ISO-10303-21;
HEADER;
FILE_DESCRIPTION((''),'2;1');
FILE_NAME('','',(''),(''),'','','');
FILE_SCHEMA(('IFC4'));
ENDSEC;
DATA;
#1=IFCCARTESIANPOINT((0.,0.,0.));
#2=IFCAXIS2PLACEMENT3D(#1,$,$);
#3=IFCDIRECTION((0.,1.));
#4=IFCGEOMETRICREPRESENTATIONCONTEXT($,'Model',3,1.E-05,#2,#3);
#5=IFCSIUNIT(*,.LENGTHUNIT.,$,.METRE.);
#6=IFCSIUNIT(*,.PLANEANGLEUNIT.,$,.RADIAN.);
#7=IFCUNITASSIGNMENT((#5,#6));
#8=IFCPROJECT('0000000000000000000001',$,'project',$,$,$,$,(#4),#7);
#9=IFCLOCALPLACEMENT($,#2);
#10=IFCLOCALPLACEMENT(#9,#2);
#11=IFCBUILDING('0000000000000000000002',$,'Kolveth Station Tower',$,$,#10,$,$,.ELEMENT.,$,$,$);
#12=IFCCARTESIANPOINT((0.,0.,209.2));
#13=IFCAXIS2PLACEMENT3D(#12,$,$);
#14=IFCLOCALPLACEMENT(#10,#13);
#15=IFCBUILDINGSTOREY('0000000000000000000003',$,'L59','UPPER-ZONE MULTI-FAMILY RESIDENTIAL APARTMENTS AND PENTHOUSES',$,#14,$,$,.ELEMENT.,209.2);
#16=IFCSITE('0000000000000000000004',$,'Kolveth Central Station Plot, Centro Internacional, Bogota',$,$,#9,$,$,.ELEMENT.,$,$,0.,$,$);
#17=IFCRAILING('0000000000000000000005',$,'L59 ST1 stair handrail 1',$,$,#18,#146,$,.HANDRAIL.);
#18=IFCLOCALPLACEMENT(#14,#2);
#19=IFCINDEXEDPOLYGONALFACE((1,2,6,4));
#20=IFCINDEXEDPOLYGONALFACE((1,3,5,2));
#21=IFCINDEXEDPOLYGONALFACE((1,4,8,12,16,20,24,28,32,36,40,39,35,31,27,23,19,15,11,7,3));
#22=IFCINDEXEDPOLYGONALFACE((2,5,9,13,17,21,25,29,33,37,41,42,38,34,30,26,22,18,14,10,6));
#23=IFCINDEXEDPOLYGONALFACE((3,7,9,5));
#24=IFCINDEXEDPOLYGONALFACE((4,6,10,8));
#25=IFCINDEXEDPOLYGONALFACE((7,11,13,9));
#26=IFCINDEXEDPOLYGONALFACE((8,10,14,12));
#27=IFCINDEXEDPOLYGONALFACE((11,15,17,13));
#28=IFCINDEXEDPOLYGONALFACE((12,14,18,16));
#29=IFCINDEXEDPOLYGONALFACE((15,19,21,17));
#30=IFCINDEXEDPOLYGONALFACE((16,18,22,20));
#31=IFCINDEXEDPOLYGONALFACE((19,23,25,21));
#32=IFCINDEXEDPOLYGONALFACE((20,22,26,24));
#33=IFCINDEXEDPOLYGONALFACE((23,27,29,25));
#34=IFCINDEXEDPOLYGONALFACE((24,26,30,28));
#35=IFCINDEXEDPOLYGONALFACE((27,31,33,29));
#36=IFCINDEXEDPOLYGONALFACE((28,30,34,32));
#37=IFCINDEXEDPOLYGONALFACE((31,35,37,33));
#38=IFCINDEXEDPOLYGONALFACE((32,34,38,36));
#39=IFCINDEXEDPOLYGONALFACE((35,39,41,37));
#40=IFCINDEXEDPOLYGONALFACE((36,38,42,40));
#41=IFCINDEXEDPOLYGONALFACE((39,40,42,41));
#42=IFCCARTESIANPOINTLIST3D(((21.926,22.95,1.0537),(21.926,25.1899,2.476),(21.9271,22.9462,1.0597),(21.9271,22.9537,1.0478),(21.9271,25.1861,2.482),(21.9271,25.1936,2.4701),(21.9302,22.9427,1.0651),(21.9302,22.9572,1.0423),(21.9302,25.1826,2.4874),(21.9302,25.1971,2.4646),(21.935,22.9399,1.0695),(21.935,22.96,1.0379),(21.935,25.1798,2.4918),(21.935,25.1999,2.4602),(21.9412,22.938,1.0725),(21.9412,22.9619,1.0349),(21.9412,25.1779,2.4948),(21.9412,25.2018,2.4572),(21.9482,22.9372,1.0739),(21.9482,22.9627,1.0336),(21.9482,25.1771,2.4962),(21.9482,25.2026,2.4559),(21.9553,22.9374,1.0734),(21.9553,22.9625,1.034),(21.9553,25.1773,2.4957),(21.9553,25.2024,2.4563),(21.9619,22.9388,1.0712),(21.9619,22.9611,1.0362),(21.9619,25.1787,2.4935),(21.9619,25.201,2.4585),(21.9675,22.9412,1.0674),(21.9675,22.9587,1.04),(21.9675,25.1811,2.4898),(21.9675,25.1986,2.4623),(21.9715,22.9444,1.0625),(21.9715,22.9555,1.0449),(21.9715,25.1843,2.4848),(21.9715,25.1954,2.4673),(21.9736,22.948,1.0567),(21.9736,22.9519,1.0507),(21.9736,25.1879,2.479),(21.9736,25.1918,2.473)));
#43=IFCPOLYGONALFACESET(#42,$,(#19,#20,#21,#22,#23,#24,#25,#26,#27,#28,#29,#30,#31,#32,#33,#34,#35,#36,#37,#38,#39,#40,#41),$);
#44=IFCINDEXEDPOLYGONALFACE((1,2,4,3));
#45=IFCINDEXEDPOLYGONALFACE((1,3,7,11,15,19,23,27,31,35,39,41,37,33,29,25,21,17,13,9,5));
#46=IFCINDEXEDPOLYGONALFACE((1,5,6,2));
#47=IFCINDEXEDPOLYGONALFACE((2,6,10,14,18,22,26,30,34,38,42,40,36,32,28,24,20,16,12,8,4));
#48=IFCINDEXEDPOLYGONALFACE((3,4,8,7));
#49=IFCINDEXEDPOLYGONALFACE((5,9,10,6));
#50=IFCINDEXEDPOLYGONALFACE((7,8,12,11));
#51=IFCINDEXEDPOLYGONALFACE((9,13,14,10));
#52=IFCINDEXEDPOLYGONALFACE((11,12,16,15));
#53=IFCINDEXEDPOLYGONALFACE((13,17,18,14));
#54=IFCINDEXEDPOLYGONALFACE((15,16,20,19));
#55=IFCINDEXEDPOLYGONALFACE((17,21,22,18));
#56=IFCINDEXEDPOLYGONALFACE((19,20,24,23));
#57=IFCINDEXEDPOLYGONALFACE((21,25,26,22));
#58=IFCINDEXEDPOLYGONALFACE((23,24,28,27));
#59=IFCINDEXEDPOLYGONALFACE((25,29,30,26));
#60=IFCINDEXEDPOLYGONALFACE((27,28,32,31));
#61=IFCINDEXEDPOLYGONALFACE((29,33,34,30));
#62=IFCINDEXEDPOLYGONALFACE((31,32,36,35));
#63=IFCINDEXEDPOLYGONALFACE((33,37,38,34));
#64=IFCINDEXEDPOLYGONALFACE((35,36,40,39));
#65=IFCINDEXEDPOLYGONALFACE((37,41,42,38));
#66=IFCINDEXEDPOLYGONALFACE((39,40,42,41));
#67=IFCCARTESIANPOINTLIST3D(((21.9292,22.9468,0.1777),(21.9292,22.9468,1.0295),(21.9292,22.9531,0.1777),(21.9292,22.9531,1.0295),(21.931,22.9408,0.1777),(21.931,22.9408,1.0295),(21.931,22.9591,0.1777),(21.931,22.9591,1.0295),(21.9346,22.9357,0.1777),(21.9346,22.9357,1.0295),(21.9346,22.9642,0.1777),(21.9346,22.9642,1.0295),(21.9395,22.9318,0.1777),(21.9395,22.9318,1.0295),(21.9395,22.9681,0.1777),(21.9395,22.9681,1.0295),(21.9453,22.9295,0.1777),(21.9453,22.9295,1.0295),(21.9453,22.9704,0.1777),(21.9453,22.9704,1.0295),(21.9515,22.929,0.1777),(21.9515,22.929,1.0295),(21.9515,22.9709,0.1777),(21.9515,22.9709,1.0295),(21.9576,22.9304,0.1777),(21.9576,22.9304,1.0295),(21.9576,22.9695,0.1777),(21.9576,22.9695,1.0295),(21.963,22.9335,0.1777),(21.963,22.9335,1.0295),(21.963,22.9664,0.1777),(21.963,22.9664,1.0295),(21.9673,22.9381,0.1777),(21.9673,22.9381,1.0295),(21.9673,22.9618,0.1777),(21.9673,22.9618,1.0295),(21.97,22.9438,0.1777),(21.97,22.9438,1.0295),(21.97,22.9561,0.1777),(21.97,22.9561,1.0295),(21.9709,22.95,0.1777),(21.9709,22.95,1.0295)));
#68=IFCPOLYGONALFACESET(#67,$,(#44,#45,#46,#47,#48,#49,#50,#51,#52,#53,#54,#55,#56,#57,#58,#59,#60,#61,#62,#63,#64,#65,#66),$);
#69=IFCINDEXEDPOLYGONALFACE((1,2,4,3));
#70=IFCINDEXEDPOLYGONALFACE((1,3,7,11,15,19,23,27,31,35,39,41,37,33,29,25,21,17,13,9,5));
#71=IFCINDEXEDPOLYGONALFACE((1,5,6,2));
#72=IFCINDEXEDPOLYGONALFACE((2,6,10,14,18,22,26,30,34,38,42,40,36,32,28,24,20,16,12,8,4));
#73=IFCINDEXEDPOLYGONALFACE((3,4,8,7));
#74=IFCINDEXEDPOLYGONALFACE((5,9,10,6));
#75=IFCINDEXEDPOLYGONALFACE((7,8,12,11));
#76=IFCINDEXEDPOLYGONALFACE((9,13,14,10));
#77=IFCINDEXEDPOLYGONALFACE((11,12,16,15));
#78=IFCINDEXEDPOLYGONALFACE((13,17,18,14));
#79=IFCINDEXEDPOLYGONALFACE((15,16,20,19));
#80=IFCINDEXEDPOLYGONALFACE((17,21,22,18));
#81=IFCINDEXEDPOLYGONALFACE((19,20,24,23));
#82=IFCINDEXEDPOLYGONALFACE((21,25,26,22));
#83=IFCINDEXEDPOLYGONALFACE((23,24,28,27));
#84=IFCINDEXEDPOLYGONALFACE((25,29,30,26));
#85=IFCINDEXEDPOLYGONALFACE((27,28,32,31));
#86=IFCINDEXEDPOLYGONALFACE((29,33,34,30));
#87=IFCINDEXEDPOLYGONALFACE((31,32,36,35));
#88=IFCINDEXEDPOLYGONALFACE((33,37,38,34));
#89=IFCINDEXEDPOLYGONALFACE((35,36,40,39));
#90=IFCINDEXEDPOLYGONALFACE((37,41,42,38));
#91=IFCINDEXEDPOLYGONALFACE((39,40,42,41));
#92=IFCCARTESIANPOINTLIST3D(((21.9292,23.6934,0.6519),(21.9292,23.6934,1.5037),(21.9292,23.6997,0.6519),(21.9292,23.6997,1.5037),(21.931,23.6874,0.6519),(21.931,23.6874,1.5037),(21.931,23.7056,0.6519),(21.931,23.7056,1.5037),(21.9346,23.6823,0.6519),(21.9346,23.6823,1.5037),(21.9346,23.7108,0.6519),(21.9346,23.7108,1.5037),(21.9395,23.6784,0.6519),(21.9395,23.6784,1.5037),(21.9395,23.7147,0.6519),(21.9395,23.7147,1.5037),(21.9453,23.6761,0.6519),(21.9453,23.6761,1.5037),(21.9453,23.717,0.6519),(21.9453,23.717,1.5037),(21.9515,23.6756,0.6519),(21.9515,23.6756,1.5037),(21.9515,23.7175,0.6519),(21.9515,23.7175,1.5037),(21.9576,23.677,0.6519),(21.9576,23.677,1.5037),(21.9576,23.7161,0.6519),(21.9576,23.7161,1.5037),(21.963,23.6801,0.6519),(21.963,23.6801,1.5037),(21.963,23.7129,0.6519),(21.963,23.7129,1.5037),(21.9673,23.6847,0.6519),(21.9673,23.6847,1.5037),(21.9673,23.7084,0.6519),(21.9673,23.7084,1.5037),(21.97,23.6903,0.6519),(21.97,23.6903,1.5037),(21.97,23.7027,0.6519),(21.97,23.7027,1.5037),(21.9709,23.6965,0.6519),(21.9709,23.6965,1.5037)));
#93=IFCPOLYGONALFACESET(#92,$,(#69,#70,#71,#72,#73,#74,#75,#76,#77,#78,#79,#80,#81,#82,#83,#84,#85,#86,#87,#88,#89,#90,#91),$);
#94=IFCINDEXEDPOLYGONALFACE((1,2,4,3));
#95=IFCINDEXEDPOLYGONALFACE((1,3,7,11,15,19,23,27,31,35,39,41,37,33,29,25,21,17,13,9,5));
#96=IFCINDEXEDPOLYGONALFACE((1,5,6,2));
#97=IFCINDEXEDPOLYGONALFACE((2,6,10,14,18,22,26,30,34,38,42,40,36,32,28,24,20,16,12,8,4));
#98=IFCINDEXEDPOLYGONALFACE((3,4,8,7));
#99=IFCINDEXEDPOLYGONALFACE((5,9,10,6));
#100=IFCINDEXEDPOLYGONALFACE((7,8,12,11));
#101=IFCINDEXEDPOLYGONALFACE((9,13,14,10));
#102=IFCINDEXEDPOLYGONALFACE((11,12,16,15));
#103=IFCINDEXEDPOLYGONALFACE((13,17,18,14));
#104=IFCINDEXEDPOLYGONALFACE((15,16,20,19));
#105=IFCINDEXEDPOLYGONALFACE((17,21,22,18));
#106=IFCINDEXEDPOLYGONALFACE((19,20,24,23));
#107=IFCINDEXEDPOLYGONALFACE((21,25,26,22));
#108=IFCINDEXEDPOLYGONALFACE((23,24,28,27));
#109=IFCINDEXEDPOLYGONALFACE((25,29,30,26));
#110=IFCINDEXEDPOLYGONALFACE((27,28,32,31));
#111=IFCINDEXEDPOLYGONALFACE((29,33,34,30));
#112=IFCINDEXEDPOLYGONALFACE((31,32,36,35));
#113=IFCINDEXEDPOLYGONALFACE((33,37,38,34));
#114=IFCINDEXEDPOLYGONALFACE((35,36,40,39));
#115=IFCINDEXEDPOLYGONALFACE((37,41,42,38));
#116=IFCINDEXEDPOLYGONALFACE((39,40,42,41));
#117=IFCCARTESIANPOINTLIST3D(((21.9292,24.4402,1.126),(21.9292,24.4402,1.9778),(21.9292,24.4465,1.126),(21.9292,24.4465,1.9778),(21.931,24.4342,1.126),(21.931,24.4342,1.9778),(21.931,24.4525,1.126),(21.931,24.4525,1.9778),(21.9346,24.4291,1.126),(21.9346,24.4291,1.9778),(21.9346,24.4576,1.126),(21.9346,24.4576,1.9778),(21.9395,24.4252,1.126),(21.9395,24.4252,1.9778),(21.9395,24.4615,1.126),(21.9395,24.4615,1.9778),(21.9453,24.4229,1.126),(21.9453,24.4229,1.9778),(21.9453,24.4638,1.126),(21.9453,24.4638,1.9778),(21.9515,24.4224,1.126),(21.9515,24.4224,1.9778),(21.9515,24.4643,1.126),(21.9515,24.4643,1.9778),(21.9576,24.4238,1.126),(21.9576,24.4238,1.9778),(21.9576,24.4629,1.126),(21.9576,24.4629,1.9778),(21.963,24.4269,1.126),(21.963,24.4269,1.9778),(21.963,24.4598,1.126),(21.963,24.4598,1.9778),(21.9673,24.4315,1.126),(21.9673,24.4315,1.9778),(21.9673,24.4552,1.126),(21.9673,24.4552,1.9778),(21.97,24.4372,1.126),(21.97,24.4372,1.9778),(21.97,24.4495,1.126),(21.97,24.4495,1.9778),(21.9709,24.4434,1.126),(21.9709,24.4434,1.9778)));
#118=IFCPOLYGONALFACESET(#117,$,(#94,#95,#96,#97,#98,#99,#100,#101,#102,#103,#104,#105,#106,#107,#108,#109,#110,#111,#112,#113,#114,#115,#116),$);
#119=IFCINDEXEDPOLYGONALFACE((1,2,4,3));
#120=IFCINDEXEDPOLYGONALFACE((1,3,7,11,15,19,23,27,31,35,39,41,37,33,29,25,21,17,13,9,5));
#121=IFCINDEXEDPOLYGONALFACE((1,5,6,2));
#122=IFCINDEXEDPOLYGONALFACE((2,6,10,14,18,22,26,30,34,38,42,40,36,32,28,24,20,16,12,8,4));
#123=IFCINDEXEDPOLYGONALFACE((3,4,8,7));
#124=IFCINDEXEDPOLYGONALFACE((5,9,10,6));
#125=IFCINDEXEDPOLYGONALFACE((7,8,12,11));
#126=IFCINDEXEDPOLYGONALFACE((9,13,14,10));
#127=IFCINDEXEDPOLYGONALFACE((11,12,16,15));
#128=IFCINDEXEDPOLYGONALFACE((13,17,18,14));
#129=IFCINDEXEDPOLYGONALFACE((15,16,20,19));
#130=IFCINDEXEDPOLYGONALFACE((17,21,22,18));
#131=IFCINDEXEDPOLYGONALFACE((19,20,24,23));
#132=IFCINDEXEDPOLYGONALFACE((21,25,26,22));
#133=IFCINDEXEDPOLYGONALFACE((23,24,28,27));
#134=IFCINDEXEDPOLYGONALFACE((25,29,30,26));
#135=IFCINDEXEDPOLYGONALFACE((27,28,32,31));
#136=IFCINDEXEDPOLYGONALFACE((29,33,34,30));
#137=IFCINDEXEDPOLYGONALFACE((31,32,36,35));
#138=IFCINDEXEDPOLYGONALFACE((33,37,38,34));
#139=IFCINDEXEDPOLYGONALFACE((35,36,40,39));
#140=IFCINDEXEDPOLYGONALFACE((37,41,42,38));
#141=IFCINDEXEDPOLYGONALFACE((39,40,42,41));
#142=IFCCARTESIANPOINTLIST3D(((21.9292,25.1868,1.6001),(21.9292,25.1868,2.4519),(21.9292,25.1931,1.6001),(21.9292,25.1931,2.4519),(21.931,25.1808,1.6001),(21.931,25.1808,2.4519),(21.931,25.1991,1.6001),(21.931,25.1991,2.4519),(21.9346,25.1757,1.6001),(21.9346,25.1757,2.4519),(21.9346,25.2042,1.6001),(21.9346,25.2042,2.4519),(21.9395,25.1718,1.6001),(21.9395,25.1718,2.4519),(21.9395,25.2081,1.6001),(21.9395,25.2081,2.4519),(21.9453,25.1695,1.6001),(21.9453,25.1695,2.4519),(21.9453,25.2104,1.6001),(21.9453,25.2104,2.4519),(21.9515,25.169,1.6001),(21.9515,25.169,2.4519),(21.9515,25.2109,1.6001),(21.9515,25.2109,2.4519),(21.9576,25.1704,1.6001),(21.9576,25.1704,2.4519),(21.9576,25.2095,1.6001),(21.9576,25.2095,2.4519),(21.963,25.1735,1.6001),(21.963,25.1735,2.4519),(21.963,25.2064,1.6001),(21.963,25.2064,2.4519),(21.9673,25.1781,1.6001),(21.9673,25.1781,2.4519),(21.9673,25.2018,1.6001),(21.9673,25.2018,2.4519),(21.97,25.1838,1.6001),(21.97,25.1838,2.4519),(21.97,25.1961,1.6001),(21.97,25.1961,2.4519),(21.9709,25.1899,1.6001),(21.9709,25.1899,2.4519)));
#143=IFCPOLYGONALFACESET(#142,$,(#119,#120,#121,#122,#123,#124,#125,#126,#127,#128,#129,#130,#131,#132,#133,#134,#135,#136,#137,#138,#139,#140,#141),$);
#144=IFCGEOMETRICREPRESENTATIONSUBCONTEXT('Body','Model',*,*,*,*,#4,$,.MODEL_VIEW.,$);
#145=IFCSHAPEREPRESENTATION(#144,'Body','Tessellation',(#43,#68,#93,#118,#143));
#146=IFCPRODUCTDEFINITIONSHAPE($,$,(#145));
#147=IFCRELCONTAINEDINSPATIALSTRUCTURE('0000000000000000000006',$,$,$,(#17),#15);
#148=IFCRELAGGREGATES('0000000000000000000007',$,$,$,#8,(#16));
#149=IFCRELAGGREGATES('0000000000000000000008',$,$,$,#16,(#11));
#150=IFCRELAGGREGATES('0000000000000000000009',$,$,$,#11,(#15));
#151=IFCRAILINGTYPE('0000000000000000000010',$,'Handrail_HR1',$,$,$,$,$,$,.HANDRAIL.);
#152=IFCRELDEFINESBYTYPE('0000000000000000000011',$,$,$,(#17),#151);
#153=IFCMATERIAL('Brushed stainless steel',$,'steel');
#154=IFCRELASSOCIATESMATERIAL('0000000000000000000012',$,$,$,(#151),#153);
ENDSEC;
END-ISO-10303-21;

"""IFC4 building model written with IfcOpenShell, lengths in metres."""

from ifc_helpers import new_model, si_unit, direction, frame, origin, origin_2d, place, context, subcontext, project, spatial, circle, extrude, material, type_object, element, save


model = new_model("IFC4")

# Units and contexts
model_context = context("Model", 3, precision=1e-05, world=origin(), true_north=direction((0.0, 1.0)))
body_context = subcontext(model_context, "Body", "Model", "MODEL_VIEW")
ifc_project = project(units=[si_unit("LENGTHUNIT", "METRE"), si_unit("PLANEANGLEUNIT", "RADIAN")], contexts=[model_context])

# Site, building, storey
site_placement = place(None, origin())
site = spatial("IfcSite", under=ifc_project, at=site_placement, Name="Kolveth Central Station Plot, Centro Internacional, Bogota", CompositionType="ELEMENT", RefElevation=0.0)
building_placement = place(site_placement, origin())
building = spatial("IfcBuilding", under=site, at=building_placement, Name="Kolveth Station Tower", CompositionType="ELEMENT")
storey_placement = place(building_placement, frame((0.0, 0.0, 209.2)))
storey = spatial("IfcBuildingStorey", under=building, at=storey_placement, Name="L59", Description="UPPER-ZONE MULTI-FAMILY RESIDENTIAL APARTMENTS AND PENTHOUSES", CompositionType="ELEMENT", Elevation=209.2)

# Railing
ifc_material_1 = material(Name="Brushed stainless steel", Category="steel")
railing_type_1 = type_object("IfcRailingType", Name="Handrail_HR1", PredefinedType="HANDRAIL", material=ifc_material_1)
railing_1_placement = place(storey_placement, frame((21.95, 22.95, 0.1777)))
element("IfcRailing", 1, at=railing_1_placement, inside=storey, type_object=railing_type_1, Name="L59 ST1 stair handrail 1", PredefinedType="HANDRAIL", context=body_context, shape_type="SweptSolid", body=[
    extrude(circle(Radius=0.0239, at=origin_2d()), frame((0.0, 0.0, 0.876), z_axis=(0.0, 0.844188, 0.536048), x_axis=(-1.0, 0.0, 0.0)), (0.0, 0.0, 1.0), 2.6533),
    extrude(circle(Radius=0.021, at=origin_2d()), origin(), (0.0, 0.0, 1.0), 0.8518),
    extrude(circle(Radius=0.021, at=origin_2d()), frame((0.0, 0.7466, 0.4741)), (0.0, 0.0, 1.0), 0.8518),
    extrude(circle(Radius=0.021, at=origin_2d()), frame((0.0, 1.4934, 0.9482)), (0.0, 0.0, 1.0), 0.8518),
    extrude(circle(Radius=0.021, at=origin_2d()), frame((0.0, 2.24, 1.4224)), (0.0, 0.0, 1.0), 0.8518),
])

save(model, "model.ifc")
